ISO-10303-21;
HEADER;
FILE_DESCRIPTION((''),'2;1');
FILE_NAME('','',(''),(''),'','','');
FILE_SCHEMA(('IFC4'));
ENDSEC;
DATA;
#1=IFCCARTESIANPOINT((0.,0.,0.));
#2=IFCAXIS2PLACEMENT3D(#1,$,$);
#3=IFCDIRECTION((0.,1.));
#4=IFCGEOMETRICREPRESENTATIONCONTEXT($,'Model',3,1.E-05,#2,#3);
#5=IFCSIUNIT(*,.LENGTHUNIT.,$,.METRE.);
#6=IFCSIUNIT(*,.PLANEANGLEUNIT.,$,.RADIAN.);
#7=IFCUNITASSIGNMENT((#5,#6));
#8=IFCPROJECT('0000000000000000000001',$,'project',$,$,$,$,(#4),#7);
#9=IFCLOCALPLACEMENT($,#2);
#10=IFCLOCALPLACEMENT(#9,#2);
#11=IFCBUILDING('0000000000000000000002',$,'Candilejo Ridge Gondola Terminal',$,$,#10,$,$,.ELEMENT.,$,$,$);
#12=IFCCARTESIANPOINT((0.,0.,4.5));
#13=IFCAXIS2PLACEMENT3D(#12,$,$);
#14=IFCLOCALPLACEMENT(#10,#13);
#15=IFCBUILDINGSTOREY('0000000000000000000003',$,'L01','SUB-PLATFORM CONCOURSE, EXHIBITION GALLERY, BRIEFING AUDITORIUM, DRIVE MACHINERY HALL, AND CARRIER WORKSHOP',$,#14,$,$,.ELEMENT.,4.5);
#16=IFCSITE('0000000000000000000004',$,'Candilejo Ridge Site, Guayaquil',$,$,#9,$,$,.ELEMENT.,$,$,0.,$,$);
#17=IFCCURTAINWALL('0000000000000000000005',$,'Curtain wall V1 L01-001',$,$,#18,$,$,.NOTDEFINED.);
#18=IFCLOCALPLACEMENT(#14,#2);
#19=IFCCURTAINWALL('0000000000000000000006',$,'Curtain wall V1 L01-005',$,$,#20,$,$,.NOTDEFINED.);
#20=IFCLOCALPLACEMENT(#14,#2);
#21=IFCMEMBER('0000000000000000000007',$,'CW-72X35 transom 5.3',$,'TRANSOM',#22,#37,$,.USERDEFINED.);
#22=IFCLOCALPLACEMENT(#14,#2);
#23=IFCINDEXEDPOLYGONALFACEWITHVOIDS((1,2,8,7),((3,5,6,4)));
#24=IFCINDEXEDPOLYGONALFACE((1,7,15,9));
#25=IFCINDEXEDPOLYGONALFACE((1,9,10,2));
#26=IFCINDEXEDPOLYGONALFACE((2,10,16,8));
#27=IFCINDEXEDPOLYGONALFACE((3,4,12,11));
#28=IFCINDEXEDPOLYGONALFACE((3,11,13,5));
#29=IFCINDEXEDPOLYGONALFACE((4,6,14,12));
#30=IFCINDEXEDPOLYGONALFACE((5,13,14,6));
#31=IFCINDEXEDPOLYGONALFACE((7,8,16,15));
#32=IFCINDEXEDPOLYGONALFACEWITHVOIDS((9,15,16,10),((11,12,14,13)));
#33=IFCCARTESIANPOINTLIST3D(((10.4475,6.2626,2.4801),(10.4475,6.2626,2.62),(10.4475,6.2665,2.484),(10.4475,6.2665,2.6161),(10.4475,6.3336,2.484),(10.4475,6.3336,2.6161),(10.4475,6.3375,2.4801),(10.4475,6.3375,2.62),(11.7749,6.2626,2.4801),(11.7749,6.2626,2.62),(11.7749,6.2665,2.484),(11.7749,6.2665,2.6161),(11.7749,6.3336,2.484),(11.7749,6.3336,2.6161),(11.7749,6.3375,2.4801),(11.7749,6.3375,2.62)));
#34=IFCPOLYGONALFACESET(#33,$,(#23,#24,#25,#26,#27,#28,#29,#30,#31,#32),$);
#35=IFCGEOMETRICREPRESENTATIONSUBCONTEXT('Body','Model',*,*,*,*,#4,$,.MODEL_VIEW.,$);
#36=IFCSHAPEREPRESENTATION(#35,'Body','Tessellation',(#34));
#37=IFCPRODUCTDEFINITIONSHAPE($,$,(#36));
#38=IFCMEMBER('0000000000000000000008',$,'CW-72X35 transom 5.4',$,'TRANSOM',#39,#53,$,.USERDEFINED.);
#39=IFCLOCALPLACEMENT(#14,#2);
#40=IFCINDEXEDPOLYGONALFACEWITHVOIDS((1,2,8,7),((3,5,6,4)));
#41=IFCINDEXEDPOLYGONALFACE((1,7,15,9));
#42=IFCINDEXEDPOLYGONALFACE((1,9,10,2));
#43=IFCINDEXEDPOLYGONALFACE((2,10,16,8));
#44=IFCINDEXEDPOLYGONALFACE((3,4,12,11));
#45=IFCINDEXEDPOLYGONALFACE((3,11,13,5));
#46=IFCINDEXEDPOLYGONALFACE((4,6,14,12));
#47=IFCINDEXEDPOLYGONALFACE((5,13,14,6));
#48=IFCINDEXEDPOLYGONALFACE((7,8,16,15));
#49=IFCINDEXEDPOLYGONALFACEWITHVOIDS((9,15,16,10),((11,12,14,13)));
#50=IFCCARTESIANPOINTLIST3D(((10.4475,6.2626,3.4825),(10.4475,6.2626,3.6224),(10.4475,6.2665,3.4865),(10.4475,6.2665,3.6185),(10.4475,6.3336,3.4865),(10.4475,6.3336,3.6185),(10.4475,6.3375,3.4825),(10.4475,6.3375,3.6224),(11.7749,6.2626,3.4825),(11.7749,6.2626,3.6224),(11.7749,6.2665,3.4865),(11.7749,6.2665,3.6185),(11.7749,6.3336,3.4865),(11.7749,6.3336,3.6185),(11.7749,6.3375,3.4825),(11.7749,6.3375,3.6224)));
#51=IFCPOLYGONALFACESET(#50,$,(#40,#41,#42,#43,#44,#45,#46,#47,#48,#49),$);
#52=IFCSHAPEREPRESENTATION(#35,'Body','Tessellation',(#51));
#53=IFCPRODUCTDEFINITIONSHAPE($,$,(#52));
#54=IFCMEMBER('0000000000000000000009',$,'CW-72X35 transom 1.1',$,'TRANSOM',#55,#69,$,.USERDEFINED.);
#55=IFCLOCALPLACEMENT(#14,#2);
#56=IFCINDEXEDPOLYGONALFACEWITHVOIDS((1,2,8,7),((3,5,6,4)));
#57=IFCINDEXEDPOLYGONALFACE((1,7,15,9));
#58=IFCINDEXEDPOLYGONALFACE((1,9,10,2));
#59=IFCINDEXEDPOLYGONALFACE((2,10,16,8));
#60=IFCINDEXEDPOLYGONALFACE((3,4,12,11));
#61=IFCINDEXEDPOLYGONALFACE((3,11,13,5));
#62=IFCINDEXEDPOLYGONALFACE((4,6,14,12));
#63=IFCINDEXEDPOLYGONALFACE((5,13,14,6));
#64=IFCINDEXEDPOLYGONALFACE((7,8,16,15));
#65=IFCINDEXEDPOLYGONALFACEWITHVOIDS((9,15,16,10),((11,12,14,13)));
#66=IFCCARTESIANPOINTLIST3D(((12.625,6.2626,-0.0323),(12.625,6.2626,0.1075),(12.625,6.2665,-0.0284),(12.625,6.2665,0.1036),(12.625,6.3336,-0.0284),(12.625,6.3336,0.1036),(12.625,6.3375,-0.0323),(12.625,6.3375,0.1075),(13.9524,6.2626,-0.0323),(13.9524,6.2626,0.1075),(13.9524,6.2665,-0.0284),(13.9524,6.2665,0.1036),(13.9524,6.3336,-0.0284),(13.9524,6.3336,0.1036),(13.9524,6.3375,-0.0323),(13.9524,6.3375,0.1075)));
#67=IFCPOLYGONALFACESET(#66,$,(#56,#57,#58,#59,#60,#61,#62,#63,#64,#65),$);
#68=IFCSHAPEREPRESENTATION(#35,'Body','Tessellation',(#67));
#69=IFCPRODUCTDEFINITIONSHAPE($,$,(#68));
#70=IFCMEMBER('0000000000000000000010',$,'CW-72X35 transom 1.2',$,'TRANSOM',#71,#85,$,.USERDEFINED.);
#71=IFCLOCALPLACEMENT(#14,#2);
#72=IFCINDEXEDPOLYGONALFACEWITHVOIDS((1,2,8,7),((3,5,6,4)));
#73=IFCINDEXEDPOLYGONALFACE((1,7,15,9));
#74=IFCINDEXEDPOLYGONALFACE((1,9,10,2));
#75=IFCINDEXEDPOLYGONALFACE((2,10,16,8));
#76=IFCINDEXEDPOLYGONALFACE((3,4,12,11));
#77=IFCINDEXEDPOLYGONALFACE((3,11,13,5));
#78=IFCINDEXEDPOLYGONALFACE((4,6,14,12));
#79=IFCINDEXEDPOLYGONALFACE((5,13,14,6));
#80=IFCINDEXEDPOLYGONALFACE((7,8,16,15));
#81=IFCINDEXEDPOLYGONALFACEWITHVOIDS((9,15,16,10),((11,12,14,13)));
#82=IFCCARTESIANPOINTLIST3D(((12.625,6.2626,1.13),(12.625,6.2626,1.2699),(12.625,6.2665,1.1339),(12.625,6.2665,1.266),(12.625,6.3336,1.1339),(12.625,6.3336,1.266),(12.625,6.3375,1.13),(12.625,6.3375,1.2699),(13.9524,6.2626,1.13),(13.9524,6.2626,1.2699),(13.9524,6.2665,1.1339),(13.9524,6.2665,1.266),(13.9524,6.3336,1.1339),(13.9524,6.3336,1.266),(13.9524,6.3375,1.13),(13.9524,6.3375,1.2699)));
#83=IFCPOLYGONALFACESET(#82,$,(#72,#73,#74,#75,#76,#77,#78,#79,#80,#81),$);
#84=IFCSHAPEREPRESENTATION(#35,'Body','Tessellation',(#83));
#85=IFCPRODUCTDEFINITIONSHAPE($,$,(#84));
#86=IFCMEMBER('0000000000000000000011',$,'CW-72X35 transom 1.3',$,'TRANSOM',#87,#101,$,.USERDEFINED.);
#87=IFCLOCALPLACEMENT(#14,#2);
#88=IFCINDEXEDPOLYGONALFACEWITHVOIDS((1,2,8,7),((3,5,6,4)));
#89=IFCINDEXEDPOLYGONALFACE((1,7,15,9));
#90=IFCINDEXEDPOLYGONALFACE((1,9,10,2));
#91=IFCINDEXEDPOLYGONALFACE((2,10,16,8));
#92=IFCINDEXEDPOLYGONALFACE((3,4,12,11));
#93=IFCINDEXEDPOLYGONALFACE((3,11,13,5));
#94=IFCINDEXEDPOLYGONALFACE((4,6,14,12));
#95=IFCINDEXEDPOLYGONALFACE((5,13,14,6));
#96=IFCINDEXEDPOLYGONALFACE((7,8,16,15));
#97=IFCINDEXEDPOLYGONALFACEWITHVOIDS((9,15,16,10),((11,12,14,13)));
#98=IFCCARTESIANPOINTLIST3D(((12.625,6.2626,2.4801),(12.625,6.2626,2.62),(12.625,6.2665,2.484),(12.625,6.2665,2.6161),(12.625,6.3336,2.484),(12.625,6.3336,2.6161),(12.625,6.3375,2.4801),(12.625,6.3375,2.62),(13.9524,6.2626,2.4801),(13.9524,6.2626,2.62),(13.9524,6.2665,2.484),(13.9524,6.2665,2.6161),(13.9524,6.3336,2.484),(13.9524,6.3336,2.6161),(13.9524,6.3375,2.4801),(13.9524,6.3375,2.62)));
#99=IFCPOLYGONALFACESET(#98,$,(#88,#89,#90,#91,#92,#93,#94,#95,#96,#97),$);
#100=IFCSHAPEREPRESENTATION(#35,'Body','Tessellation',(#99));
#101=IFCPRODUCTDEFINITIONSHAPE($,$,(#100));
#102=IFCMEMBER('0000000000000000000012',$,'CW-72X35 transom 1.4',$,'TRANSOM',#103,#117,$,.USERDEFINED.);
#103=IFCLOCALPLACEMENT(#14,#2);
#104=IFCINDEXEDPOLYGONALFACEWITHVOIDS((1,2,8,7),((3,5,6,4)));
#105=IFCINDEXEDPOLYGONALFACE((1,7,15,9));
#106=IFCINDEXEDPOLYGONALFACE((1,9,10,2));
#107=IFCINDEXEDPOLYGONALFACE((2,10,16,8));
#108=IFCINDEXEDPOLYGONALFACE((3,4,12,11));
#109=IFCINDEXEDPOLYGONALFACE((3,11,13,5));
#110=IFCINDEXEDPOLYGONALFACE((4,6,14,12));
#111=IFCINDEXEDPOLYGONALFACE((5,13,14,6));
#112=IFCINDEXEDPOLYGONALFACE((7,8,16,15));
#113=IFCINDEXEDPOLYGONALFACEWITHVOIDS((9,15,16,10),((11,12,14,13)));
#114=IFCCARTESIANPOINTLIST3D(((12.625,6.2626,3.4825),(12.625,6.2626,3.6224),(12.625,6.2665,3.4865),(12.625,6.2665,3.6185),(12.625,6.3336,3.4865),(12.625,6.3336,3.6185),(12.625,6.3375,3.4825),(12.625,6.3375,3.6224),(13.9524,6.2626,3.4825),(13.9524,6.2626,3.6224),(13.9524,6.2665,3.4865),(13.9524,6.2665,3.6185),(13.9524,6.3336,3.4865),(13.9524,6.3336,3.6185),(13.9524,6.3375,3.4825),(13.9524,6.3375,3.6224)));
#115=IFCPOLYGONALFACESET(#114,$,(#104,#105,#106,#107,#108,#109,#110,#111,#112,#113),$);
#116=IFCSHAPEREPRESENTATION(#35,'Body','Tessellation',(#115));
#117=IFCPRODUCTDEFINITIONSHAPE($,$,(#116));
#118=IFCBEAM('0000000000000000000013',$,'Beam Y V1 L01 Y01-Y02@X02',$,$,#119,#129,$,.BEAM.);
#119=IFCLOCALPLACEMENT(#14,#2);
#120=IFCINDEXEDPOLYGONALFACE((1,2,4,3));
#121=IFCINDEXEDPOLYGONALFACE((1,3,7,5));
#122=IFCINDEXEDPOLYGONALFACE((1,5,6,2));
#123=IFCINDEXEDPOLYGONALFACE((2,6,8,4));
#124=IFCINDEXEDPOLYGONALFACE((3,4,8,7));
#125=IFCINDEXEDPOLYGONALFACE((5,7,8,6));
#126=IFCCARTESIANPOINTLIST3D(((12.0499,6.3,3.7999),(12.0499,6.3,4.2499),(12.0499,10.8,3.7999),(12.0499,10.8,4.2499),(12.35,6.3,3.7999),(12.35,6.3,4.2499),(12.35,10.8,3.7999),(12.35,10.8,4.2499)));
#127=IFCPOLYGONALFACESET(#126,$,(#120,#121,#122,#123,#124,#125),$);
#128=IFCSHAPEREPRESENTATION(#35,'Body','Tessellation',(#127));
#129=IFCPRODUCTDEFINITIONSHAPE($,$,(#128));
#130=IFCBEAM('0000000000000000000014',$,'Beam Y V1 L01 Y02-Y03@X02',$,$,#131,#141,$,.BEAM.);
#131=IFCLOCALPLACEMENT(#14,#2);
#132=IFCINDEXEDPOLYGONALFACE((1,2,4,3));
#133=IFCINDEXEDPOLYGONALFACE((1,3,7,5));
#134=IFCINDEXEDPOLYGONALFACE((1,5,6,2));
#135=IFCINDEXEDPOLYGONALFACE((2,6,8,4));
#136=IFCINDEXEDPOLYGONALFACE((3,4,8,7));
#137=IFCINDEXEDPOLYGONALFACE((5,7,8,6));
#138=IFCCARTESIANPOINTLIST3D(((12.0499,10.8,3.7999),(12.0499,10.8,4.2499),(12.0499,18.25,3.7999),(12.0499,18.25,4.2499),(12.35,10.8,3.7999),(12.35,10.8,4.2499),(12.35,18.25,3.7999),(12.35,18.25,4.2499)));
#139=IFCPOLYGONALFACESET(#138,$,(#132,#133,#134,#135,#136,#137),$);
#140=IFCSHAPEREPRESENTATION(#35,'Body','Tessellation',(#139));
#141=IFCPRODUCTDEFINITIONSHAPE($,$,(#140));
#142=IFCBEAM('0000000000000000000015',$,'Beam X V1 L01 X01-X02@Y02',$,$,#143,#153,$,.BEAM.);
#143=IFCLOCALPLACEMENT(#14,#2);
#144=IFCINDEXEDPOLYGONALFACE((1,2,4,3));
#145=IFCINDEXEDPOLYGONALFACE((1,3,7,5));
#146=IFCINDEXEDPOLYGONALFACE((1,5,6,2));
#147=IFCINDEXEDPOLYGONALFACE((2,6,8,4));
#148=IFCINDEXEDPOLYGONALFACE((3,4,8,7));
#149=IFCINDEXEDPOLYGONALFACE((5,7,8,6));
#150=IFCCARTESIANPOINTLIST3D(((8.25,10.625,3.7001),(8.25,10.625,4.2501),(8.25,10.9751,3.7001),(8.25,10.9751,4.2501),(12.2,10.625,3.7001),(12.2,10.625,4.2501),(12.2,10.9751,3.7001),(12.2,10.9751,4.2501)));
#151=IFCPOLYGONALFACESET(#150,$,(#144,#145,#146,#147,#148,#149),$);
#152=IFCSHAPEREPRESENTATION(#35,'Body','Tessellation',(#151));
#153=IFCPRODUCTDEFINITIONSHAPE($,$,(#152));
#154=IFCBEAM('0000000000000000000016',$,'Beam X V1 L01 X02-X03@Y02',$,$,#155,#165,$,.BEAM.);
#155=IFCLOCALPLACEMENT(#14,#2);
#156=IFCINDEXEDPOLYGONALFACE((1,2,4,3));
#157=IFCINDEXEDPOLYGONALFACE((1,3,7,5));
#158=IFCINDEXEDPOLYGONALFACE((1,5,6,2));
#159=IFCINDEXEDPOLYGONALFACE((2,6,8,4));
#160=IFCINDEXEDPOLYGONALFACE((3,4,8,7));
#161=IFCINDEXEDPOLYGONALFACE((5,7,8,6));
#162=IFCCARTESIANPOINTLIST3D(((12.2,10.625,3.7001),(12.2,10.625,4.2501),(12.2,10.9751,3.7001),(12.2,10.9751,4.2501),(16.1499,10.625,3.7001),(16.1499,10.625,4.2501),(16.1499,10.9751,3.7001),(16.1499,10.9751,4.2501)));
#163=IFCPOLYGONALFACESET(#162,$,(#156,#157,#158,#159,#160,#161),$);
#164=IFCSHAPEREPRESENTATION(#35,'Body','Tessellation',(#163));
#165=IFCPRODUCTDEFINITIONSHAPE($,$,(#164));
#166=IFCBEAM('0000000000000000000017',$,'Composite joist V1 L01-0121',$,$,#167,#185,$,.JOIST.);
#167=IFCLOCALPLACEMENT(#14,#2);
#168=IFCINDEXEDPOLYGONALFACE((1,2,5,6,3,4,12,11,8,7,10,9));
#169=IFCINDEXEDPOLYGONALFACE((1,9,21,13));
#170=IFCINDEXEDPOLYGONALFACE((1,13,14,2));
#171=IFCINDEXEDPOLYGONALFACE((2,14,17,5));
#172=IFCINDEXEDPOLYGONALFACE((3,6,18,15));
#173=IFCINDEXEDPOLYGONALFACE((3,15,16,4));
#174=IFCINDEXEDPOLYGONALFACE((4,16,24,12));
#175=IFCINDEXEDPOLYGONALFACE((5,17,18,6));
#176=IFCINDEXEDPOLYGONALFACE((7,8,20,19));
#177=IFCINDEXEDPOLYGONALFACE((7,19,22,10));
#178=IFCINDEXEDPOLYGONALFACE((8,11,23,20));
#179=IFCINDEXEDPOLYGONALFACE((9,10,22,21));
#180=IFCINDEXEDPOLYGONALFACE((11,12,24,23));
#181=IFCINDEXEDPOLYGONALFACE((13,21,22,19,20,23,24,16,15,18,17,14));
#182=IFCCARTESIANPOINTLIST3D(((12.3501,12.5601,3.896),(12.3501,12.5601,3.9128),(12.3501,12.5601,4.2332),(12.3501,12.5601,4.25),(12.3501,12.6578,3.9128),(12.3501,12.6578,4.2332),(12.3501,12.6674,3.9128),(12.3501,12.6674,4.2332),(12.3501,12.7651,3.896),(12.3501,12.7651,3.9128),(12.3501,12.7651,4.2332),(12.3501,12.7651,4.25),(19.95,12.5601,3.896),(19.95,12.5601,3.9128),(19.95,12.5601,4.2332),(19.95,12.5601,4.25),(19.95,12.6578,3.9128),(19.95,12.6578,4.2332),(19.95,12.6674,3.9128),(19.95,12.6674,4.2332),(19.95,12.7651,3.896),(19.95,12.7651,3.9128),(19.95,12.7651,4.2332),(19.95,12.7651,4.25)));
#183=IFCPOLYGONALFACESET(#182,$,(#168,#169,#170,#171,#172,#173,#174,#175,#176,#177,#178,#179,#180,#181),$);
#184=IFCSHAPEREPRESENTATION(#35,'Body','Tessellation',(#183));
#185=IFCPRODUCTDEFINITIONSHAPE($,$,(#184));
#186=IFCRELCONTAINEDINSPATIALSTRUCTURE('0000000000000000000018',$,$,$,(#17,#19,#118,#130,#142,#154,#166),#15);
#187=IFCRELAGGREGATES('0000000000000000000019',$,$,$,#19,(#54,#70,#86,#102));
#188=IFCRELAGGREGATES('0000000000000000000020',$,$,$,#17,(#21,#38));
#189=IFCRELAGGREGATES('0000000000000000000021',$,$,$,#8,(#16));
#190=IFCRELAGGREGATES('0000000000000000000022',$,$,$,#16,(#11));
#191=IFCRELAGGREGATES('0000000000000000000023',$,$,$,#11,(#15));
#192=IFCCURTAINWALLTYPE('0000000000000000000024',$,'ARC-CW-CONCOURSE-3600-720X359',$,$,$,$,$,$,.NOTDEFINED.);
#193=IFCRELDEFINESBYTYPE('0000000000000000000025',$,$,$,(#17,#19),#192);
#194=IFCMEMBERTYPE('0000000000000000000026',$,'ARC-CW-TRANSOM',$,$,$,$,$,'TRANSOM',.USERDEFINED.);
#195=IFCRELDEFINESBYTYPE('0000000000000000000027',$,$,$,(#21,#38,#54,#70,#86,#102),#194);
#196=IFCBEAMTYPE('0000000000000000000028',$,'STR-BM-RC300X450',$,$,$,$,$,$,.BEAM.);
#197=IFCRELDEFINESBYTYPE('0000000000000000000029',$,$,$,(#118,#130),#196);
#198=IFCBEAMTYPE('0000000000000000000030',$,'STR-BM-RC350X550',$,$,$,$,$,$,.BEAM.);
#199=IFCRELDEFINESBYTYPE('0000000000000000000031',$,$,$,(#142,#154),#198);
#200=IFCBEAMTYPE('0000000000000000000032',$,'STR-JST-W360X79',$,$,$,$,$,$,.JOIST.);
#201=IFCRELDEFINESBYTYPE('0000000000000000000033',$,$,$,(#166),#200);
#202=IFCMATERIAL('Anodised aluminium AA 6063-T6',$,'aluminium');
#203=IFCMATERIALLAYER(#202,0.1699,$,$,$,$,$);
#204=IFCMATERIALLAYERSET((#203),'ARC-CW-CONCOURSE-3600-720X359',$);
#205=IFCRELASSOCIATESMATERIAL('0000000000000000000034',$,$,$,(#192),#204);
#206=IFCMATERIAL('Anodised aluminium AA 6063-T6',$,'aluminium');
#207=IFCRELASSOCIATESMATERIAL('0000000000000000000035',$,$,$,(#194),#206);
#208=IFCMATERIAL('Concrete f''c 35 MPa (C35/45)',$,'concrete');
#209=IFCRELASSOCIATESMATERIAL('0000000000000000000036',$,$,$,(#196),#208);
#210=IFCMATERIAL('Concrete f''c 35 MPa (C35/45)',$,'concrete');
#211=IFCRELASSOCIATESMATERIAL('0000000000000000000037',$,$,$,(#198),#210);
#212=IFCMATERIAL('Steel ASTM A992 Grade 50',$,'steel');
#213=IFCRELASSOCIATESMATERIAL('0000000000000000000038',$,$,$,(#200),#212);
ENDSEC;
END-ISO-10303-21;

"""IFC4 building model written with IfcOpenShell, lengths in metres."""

from ifc_helpers import new_model, si_unit, direction, frame, origin, origin_2d, place, context, subcontext, project, spatial, rectangle, hollow_rectangle, i_section, extrude, material, layer, layer_set, material_profile, profile_set, type_object, element, aggregate, save


model = new_model("IFC4")

# Units and contexts
model_context = context("Model", 3, precision=1e-05, world=origin(), true_north=direction((0.0, 1.0)))
body_context = subcontext(model_context, "Body", "Model", "MODEL_VIEW")
ifc_project = project(units=[si_unit("LENGTHUNIT", "METRE"), si_unit("PLANEANGLEUNIT", "RADIAN")], contexts=[model_context])

# Site, building, storey
site_placement = place(None, origin())
site = spatial("IfcSite", under=ifc_project, at=site_placement, Name="Candilejo Ridge Site, Guayaquil", CompositionType="ELEMENT", RefElevation=0.0)
building_placement = place(site_placement, origin())
building = spatial("IfcBuilding", under=site, at=building_placement, Name="Candilejo Ridge Gondola Terminal", CompositionType="ELEMENT")
storey_placement = place(building_placement, frame((0.0, 0.0, 4.5)))
storey = spatial("IfcBuildingStorey", under=building, at=storey_placement, Name="L01", Description="SUB-PLATFORM CONCOURSE, EXHIBITION GALLERY, BRIEFING AUDITORIUM, DRIVE MACHINERY HALL, AND CARRIER WORKSHOP", CompositionType="ELEMENT", Elevation=4.5)

# Curtain wall
ifc_material_1 = material(Name="Anodised aluminium AA 6063-T6", Category="aluminium")
ifc_layer_1 = layer(ifc_material_1, 0.1699)
ifc_layer_set_1 = layer_set([ifc_layer_1], Name="ARC-CW-CONCOURSE-3600-720X359")
curtain_wall_type = type_object("IfcCurtainWallType", Name="ARC-CW-CONCOURSE-3600-720X359", PredefinedType="NOTDEFINED", material=ifc_layer_set_1)
curtain_wall_1_placement = place(storey_placement, origin())
curtain_wall_1 = element("IfcCurtainWall", 1, at=curtain_wall_1_placement, inside=storey, type_object=curtain_wall_type, Name="Curtain wall V1 L01-001", PredefinedType="NOTDEFINED")

# Curtain wall
curtain_wall_2_placement = place(storey_placement, origin())
curtain_wall_2 = element("IfcCurtainWall", 2, at=curtain_wall_2_placement, inside=storey, type_object=curtain_wall_type, Name="Curtain wall V1 L01-005", PredefinedType="NOTDEFINED")

# Members
ifc_material_2 = material(Name="Anodised aluminium AA 6063-T6", Category="aluminium")
ifc_material_profile_1 = material_profile(ifc_material_2, hollow_rectangle(XDim=0.075, YDim=0.1399, WallThickness=0.0039, at=origin_2d()))
ifc_profile_set_1 = profile_set([ifc_material_profile_1], Name="Anodised aluminium AA 6063-T6")
member_type_1 = type_object("IfcMemberType", Name="ARC-CW-TRANSOM", ElementType="TRANSOM", PredefinedType="USERDEFINED", material=ifc_profile_set_1)
member_1_placement = place(storey_placement, frame((10.4475, 6.3, 2.55), z_axis=(1.0, 0.0, 0.0), x_axis=(0.0, 1.0, 0.0)))
member_1 = element("IfcMember", 3, at=member_1_placement, type_object=member_type_1, Name="CW-72X35 transom 5.3", ObjectType="TRANSOM", PredefinedType="USERDEFINED", context=body_context, shape_type="SweptSolid", body=[
    extrude(hollow_rectangle(XDim=0.075, YDim=0.1399, WallThickness=0.0039, at=origin_2d()), origin(), (0.0, 0.0, 1.0), 1.3274),
])
member_2_placement = place(storey_placement, frame((10.4475, 6.3, 3.5525), z_axis=(1.0, 0.0, 0.0), x_axis=(0.0, 1.0, 0.0)))
member_2 = element("IfcMember", 4, at=member_2_placement, type_object=member_type_1, Name="CW-72X35 transom 5.4", ObjectType="TRANSOM", PredefinedType="USERDEFINED", context=body_context, shape_type="SweptSolid", body=[
    extrude(hollow_rectangle(XDim=0.075, YDim=0.1399, WallThickness=0.0039, at=origin_2d()), origin(), (0.0, 0.0, 1.0), 1.3274),
])
member_3_placement = place(storey_placement, frame((12.625, 6.3, 0.0376), z_axis=(1.0, 0.0, 0.0), x_axis=(0.0, 1.0, 0.0)))
member_3 = element("IfcMember", 5, at=member_3_placement, type_object=member_type_1, Name="CW-72X35 transom 1.1", ObjectType="TRANSOM", PredefinedType="USERDEFINED", context=body_context, shape_type="SweptSolid", body=[
    extrude(hollow_rectangle(XDim=0.075, YDim=0.1399, WallThickness=0.0039, at=origin_2d()), origin(), (0.0, 0.0, 1.0), 1.3274),
])
member_4_placement = place(storey_placement, frame((12.625, 6.3, 1.2), z_axis=(1.0, 0.0, 0.0), x_axis=(0.0, 1.0, 0.0)))
member_4 = element("IfcMember", 6, at=member_4_placement, type_object=member_type_1, Name="CW-72X35 transom 1.2", ObjectType="TRANSOM", PredefinedType="USERDEFINED", context=body_context, shape_type="SweptSolid", body=[
    extrude(hollow_rectangle(XDim=0.075, YDim=0.1399, WallThickness=0.0039, at=origin_2d()), origin(), (0.0, 0.0, 1.0), 1.3274),
])
member_5_placement = place(storey_placement, frame((12.625, 6.3, 2.55), z_axis=(1.0, 0.0, 0.0), x_axis=(0.0, 1.0, 0.0)))
member_5 = element("IfcMember", 7, at=member_5_placement, type_object=member_type_1, Name="CW-72X35 transom 1.3", ObjectType="TRANSOM", PredefinedType="USERDEFINED", context=body_context, shape_type="SweptSolid", body=[
    extrude(hollow_rectangle(XDim=0.075, YDim=0.1399, WallThickness=0.0039, at=origin_2d()), origin(), (0.0, 0.0, 1.0), 1.3274),
])
member_6_placement = place(storey_placement, frame((12.625, 6.3, 3.5525), z_axis=(1.0, 0.0, 0.0), x_axis=(0.0, 1.0, 0.0)))
member_6 = element("IfcMember", 8, at=member_6_placement, type_object=member_type_1, Name="CW-72X35 transom 1.4", ObjectType="TRANSOM", PredefinedType="USERDEFINED", context=body_context, shape_type="SweptSolid", body=[
    extrude(hollow_rectangle(XDim=0.075, YDim=0.1399, WallThickness=0.0039, at=origin_2d()), origin(), (0.0, 0.0, 1.0), 1.3274),
])
aggregate(curtain_wall_2, [member_3, member_4, member_5, member_6])

# Beams
ifc_material_3 = material(Name="Concrete f'c 35 MPa (C35/45)", Category="concrete")
ifc_material_profile_2 = material_profile(ifc_material_3, rectangle(XDim=0.3, YDim=0.45, at=origin_2d()))
ifc_profile_set_2 = profile_set([ifc_material_profile_2], Name="Concrete f'c 35 MPa (C35/45)")
beam_type_1 = type_object("IfcBeamType", Name="STR-BM-RC300X450", PredefinedType="BEAM", material=ifc_profile_set_2)
beam_1_placement = place(storey_placement, frame((12.2, 6.3, 4.0249), z_axis=(0.0, 1.0, 0.0), x_axis=(-1.0, 0.0, 0.0)))
element("IfcBeam", 9, at=beam_1_placement, inside=storey, type_object=beam_type_1, Name="Beam Y V1 L01 Y01-Y02@X02", PredefinedType="BEAM", context=body_context, shape_type="SweptSolid", body=[
    extrude(rectangle(XDim=0.3, YDim=0.45, at=origin_2d()), origin(), (0.0, 0.0, 1.0), 4.5),
])
beam_2_placement = place(storey_placement, frame((12.2, 10.8, 4.0249), z_axis=(0.0, 1.0, 0.0), x_axis=(-1.0, 0.0, 0.0)))
element("IfcBeam", 10, at=beam_2_placement, inside=storey, type_object=beam_type_1, Name="Beam Y V1 L01 Y02-Y03@X02", PredefinedType="BEAM", context=body_context, shape_type="SweptSolid", body=[
    extrude(rectangle(XDim=0.3, YDim=0.45, at=origin_2d()), origin(), (0.0, 0.0, 1.0), 7.45),
])
ifc_material_4 = material(Name="Concrete f'c 35 MPa (C35/45)", Category="concrete")
ifc_material_profile_3 = material_profile(ifc_material_4, rectangle(XDim=0.3501, YDim=0.55, at=origin_2d()))
ifc_profile_set_3 = profile_set([ifc_material_profile_3], Name="Concrete f'c 35 MPa (C35/45)")
beam_type_2 = type_object("IfcBeamType", Name="STR-BM-RC350X550", PredefinedType="BEAM", material=ifc_profile_set_3)
for number, where, z_axis, x_axis, name in (
    (11, (8.25, 10.8, 3.9751), (1.0, 0.0, 0.0), (0.0, 1.0, 0.0), "Beam X V1 L01 X01-X02@Y02"),
    (12, (12.2, 10.8, 3.9751), (1.0, 0.0, 0.0), (0.0, 1.0, 0.0), "Beam X V1 L01 X02-X03@Y02"),
):
    element("IfcBeam", number, at=place(storey_placement, frame(where, z_axis=z_axis, x_axis=x_axis)), inside=storey, type_object=beam_type_2, Name=name, PredefinedType="BEAM", context=body_context, shape_type="SweptSolid", body=[
        extrude(rectangle(XDim=0.3501, YDim=0.55, at=origin_2d()), origin(), (0.0, 0.0, 1.0), 3.95),
    ])
ifc_material_5 = material(Name="Steel ASTM A992 Grade 50", Category="steel")
ifc_material_profile_4 = material_profile(ifc_material_5, i_section(OverallWidth=0.2051, OverallDepth=0.354, WebThickness=0.0095, FlangeThickness=0.0168, at=origin_2d()))
ifc_profile_set_4 = profile_set([ifc_material_profile_4], Name="Steel ASTM A992 Grade 50")
beam_type_3 = type_object("IfcBeamType", Name="STR-JST-W360X79", PredefinedType="JOIST", material=ifc_profile_set_4)
beam_3_placement = place(storey_placement, frame((12.3501, 12.6626, 4.073), z_axis=(1.0, 0.0, 0.0), x_axis=(0.0, 1.0, 0.0)))
element("IfcBeam", 13, at=beam_3_placement, inside=storey, type_object=beam_type_3, Name="Composite joist V1 L01-0121", PredefinedType="JOIST", context=body_context, shape_type="SweptSolid", body=[
    extrude(i_section(OverallWidth=0.2051, OverallDepth=0.354, WebThickness=0.0095, FlangeThickness=0.0168, at=origin_2d()), origin(), (0.0, 0.0, 1.0), 7.5999),
])

aggregate(curtain_wall_1, [member_1, member_2])

save(model, "model.ifc")
